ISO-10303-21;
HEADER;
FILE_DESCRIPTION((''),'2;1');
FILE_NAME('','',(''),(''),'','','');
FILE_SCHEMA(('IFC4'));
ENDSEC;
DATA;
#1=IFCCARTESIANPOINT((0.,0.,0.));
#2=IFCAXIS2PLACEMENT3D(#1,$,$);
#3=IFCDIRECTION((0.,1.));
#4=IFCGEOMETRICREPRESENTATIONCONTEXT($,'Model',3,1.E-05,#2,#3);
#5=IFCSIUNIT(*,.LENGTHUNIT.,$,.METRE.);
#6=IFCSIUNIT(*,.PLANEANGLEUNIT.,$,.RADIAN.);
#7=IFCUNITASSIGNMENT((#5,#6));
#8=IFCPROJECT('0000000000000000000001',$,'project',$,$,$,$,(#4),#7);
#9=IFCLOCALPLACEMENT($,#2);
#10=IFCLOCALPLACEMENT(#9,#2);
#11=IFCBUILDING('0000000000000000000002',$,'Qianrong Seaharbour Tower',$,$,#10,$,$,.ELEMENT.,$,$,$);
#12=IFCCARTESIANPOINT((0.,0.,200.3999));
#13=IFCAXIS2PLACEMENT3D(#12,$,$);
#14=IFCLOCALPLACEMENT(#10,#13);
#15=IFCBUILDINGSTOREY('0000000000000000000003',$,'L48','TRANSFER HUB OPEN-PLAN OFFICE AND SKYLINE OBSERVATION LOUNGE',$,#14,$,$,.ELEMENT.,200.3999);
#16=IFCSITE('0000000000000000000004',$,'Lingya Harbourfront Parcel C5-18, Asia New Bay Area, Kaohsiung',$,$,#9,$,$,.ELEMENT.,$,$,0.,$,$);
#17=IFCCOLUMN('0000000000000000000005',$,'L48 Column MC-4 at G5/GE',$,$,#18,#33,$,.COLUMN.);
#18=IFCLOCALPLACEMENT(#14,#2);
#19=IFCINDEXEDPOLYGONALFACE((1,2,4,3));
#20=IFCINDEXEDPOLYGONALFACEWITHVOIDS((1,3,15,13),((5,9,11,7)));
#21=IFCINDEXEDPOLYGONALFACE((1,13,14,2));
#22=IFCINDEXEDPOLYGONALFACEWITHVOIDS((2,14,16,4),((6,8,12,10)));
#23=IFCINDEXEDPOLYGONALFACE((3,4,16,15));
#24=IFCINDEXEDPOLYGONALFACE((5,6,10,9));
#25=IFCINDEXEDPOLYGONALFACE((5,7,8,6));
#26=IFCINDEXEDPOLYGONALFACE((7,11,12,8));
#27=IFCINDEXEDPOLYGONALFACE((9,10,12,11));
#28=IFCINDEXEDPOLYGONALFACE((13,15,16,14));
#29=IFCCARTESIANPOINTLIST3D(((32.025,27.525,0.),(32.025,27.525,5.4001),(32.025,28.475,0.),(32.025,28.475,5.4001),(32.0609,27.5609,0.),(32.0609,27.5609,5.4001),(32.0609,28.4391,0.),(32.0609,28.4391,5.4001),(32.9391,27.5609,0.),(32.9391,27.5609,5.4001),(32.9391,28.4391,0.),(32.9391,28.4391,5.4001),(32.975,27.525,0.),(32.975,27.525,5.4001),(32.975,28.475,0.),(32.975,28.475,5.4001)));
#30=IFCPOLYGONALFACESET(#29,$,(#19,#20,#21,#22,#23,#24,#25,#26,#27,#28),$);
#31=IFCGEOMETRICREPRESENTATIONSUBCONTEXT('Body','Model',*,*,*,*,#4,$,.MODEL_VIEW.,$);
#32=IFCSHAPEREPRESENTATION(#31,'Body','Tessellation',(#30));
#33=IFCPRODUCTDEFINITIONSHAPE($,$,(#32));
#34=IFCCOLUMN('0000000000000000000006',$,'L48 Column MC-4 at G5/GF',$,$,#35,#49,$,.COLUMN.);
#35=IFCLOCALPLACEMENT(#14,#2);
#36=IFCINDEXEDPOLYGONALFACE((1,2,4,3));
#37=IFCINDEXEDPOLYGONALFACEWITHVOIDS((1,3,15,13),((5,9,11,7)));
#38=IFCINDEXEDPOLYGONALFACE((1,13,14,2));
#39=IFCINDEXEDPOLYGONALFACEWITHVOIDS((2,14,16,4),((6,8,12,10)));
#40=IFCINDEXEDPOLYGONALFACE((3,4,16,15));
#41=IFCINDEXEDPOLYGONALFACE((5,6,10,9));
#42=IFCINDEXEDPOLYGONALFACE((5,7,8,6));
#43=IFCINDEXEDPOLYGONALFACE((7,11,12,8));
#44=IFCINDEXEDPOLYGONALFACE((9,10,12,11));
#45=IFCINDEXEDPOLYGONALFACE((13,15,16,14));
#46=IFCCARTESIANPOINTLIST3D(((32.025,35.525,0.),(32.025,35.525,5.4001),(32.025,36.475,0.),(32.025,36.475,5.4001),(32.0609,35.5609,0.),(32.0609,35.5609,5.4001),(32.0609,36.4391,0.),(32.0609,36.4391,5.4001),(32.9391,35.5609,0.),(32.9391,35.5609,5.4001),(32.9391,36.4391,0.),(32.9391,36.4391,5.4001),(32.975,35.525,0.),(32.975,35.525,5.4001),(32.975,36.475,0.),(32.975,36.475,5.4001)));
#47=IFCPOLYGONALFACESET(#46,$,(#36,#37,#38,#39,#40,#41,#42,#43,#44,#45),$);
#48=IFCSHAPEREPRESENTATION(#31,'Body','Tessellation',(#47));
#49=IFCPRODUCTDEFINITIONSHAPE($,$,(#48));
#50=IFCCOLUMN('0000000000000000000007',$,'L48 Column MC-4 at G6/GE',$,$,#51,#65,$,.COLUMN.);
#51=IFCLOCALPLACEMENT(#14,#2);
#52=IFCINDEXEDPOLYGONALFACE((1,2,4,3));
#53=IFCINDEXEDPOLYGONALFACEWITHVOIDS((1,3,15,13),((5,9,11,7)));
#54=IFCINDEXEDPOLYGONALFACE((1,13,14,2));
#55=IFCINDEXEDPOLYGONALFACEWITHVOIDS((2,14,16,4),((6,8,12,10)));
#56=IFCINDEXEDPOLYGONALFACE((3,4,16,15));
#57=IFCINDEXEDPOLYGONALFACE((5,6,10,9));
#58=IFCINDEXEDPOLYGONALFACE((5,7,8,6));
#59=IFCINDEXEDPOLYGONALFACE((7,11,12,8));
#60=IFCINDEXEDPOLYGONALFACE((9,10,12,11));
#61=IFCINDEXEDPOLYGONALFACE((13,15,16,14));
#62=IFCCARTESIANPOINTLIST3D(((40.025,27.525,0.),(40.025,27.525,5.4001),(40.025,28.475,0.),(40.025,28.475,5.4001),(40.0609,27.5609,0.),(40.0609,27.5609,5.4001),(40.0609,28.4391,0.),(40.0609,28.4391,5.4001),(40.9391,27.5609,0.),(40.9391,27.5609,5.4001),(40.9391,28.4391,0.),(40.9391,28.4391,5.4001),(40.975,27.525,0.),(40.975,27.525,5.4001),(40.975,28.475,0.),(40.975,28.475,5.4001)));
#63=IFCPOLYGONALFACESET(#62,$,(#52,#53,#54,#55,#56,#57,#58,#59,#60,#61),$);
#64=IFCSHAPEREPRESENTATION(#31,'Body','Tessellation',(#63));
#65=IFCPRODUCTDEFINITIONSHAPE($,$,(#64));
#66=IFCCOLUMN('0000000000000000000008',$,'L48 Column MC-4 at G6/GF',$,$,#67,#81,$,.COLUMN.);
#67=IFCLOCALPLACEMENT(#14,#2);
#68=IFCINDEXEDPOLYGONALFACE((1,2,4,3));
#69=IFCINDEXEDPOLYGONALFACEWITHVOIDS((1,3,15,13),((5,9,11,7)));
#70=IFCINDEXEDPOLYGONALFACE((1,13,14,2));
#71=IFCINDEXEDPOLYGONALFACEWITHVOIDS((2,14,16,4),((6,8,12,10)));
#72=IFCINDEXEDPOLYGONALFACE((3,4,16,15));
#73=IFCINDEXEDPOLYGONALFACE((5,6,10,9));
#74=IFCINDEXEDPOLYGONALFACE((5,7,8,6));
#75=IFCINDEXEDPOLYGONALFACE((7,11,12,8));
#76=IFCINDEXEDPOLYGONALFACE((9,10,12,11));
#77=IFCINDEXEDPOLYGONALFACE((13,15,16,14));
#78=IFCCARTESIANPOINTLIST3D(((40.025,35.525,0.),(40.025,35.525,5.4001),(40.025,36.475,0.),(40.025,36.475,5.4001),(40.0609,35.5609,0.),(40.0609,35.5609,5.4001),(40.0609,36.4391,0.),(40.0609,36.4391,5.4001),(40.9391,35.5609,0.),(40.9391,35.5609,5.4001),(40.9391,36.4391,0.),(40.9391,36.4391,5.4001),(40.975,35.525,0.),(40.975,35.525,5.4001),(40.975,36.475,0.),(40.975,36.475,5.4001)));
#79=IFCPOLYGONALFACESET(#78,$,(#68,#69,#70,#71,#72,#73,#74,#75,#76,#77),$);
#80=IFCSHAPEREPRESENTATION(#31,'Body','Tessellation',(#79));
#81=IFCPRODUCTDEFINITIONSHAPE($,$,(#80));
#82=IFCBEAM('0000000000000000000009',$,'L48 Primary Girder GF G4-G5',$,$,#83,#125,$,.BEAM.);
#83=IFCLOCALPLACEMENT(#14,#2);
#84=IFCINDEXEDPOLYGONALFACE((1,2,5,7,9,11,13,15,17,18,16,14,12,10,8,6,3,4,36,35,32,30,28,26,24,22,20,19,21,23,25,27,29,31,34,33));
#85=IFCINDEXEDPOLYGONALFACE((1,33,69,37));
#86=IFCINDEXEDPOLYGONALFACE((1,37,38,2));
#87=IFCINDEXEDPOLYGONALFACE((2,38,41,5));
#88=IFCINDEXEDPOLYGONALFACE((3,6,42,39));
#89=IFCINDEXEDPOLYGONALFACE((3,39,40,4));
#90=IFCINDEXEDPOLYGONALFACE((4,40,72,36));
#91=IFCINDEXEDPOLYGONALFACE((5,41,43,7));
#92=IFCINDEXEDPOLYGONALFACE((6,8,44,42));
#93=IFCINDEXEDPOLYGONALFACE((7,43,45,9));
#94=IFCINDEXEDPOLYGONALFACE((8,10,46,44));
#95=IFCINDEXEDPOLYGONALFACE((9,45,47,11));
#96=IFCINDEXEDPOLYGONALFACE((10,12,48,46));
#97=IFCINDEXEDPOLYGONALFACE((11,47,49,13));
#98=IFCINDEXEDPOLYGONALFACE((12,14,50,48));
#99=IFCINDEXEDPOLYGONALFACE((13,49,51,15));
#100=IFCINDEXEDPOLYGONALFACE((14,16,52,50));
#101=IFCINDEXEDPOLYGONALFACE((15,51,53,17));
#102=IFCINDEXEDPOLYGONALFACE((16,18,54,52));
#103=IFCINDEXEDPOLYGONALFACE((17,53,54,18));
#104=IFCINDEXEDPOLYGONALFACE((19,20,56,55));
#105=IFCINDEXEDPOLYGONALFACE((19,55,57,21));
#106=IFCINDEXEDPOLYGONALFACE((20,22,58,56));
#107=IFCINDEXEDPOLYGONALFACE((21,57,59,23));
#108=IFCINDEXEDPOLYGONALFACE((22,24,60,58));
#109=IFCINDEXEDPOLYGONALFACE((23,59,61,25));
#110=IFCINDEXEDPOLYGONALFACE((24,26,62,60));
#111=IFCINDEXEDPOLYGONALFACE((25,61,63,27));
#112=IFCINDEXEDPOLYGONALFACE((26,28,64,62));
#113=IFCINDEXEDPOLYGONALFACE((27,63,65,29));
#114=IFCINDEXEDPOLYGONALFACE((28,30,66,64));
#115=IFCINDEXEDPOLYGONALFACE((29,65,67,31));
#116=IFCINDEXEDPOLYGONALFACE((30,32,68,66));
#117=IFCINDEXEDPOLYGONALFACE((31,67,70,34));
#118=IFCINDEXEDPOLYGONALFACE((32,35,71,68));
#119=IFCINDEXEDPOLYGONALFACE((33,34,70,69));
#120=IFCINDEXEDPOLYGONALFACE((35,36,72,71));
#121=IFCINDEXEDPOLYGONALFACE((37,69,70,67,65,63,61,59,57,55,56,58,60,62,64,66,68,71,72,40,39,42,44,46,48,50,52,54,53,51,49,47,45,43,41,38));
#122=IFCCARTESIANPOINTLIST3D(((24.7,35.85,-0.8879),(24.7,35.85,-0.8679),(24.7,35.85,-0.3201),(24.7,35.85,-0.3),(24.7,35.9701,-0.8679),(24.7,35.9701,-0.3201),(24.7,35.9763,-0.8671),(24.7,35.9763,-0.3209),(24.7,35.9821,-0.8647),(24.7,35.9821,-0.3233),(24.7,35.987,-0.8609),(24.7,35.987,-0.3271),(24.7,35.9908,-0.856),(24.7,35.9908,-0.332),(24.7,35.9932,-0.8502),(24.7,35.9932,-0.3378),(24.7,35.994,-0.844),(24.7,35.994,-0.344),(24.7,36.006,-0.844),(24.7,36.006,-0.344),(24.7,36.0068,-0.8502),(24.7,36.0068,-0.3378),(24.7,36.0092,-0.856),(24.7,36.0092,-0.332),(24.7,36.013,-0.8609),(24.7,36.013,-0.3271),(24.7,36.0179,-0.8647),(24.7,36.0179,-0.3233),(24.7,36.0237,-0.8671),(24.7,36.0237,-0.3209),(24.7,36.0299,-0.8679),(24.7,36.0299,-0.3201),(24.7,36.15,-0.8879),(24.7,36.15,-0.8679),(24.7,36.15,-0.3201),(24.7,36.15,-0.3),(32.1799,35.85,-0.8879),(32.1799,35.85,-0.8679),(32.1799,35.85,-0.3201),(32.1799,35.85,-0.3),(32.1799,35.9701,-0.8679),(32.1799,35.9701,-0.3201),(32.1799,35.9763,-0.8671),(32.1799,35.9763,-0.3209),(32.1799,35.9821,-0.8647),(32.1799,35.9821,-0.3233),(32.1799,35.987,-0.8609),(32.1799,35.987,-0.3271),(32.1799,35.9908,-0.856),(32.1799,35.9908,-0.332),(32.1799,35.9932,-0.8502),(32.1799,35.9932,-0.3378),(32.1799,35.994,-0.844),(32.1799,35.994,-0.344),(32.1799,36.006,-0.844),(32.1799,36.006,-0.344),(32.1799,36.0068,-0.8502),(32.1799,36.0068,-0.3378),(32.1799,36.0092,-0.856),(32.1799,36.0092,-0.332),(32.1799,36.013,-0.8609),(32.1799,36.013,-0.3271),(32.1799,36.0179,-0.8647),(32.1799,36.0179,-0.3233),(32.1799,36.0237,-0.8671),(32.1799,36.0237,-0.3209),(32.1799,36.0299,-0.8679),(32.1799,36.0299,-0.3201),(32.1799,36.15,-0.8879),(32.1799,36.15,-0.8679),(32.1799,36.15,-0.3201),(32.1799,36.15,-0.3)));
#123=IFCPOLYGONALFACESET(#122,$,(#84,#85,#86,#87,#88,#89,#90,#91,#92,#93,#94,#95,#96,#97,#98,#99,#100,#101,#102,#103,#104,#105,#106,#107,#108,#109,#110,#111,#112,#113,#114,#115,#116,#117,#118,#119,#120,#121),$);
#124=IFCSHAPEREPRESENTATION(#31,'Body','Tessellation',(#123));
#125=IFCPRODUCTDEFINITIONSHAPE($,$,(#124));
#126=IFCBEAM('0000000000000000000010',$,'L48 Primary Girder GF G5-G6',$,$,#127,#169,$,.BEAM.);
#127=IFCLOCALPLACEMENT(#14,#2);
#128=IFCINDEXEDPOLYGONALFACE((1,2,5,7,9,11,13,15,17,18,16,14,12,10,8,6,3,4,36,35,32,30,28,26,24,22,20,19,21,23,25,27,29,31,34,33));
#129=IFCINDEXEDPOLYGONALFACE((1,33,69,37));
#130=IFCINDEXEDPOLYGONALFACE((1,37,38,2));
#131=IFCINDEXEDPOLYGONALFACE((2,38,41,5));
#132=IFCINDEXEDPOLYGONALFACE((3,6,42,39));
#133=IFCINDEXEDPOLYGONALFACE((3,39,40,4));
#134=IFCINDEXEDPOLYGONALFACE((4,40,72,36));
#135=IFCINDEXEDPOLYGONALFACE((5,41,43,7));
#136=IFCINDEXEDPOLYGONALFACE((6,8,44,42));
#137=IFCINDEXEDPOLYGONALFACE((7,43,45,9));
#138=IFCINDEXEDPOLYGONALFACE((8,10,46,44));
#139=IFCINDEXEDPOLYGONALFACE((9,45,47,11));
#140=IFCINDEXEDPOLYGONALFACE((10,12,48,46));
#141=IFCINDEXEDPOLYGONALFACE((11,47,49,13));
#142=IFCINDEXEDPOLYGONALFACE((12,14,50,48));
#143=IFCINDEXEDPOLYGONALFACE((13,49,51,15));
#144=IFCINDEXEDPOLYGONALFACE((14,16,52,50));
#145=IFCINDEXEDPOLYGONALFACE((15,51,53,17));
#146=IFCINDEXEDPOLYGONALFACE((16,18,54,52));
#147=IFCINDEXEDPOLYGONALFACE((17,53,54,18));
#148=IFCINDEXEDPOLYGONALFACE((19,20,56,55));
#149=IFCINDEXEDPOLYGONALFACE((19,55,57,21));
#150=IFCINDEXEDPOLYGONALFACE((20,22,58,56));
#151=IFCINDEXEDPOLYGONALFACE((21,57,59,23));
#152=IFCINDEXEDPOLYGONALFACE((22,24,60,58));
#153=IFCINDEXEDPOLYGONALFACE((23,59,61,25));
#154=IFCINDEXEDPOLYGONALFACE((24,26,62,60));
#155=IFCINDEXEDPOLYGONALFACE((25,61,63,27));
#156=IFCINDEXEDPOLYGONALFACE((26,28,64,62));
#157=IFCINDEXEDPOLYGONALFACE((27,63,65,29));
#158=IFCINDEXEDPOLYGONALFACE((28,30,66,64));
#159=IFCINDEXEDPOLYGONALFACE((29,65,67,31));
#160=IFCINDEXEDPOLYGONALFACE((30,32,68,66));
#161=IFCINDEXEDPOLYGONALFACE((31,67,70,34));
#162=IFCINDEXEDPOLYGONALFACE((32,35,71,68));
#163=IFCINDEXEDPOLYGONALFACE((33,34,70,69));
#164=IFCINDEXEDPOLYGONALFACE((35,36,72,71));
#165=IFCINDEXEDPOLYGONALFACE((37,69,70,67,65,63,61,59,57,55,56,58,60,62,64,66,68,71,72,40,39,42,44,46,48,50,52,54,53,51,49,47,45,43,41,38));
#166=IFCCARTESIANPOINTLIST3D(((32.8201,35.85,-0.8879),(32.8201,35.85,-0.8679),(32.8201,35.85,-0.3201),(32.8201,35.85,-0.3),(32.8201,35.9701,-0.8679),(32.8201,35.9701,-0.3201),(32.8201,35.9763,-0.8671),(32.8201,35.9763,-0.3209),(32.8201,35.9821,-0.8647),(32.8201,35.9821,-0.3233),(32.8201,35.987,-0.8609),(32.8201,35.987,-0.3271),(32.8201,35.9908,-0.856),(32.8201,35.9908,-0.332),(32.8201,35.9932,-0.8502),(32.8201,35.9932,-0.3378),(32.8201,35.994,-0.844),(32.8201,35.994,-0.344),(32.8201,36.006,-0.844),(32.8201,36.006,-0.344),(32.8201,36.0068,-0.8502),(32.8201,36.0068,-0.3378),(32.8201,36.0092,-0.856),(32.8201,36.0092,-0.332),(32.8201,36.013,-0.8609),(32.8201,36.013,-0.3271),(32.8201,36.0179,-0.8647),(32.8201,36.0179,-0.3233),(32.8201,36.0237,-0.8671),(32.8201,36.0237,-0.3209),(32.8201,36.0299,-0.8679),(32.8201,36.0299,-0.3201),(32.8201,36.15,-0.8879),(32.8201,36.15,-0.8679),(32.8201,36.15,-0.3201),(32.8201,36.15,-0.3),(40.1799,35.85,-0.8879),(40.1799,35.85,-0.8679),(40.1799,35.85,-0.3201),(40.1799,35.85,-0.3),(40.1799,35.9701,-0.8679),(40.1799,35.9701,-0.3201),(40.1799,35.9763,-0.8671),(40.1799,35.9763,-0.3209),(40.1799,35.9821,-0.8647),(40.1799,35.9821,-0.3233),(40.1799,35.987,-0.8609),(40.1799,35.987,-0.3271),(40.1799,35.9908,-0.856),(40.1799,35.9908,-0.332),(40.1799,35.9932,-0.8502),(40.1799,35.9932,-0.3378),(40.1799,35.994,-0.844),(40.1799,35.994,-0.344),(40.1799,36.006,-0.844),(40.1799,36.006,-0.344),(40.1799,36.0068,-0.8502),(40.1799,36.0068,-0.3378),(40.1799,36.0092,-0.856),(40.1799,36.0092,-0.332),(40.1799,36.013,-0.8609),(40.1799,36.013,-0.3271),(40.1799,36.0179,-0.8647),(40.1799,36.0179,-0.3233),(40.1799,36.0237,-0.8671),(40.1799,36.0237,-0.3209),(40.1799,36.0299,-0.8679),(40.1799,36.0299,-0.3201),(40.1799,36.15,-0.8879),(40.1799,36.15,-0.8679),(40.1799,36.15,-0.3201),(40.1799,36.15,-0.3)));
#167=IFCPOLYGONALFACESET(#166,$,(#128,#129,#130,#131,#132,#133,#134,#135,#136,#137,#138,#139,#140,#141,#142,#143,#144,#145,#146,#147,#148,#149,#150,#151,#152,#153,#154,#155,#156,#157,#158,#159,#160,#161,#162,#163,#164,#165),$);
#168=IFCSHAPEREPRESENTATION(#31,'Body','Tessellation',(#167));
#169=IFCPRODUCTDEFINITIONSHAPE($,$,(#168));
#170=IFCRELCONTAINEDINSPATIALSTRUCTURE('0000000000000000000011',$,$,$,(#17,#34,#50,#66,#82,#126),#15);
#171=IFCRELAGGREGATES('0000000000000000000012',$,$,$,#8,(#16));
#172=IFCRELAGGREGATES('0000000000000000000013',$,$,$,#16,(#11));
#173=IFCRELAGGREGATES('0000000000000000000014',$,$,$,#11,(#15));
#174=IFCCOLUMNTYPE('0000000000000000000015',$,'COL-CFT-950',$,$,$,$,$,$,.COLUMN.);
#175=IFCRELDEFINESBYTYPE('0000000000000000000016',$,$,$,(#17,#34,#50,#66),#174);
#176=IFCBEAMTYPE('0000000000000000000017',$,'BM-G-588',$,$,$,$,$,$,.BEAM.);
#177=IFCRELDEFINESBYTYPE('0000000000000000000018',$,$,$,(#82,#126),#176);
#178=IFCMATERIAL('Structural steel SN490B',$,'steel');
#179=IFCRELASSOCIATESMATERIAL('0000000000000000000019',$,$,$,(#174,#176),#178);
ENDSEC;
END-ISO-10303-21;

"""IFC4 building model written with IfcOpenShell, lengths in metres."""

from ifc_helpers import new_model, si_unit, direction, frame, origin, origin_2d, place, context, subcontext, project, spatial, hollow_rectangle, i_section, extrude, material, material_profile, profile_set, type_object, element, save


model = new_model("IFC4")

# Units and contexts
model_context = context("Model", 3, precision=1e-05, world=origin(), true_north=direction((0.0, 1.0)))
body_context = subcontext(model_context, "Body", "Model", "MODEL_VIEW")
ifc_project = project(units=[si_unit("LENGTHUNIT", "METRE"), si_unit("PLANEANGLEUNIT", "RADIAN")], contexts=[model_context])

# Site, building, storey
site_placement = place(None, origin())
site = spatial("IfcSite", under=ifc_project, at=site_placement, Name="Lingya Harbourfront Parcel C5-18, Asia New Bay Area, Kaohsiung", CompositionType="ELEMENT", RefElevation=0.0)
building_placement = place(site_placement, origin())
building = spatial("IfcBuilding", under=site, at=building_placement, Name="Qianrong Seaharbour Tower", CompositionType="ELEMENT")
storey_placement = place(building_placement, frame((0.0, 0.0, 200.3999)))
storey = spatial("IfcBuildingStorey", under=building, at=storey_placement, Name="L48", Description="TRANSFER HUB OPEN-PLAN OFFICE AND SKYLINE OBSERVATION LOUNGE", CompositionType="ELEMENT", Elevation=200.3999)

# Columns
ifc_material_1 = material(Name="Structural steel SN490B", Category="steel")
ifc_material_profile_1 = material_profile(ifc_material_1, hollow_rectangle(XDim=0.95, YDim=0.95, WallThickness=0.0359, at=origin_2d()), Name="BOX950x950x36")
ifc_profile_set_1 = profile_set([ifc_material_profile_1], Name="Structural steel SN490B")
column_type = type_object("IfcColumnType", Name="COL-CFT-950", PredefinedType="COLUMN", material=ifc_profile_set_1)
for number, where, z_axis, x_axis, name in (
    (1, (32.5, 28.0, 0.0), (0.0, 0.0, 1.0), (1.0, 0.0, 0.0), "L48 Column MC-4 at G5/GE"),
    (2, (32.5, 36.0, 0.0), (0.0, 0.0, 1.0), (1.0, 0.0, 0.0), "L48 Column MC-4 at G5/GF"),
    (3, (40.5, 28.0, 0.0), (0.0, 0.0, 1.0), (1.0, 0.0, 0.0), "L48 Column MC-4 at G6/GE"),
    (4, (40.5, 36.0, 0.0), (0.0, 0.0, 1.0), (1.0, 0.0, 0.0), "L48 Column MC-4 at G6/GF"),
):
    element("IfcColumn", number, at=place(storey_placement, frame(where, z_axis=z_axis, x_axis=x_axis)), inside=storey, type_object=column_type, Name=name, PredefinedType="COLUMN", context=body_context, shape_type="SweptSolid", body=[
        extrude(hollow_rectangle(XDim=0.95, YDim=0.95, WallThickness=0.0359, at=origin_2d()), origin(), (0.0, 0.0, 1.0), 5.4001),
    ])

# Beams
ifc_material_profile_2 = material_profile(ifc_material_1, i_section(OverallWidth=0.3, OverallDepth=0.5879, WebThickness=0.012, FlangeThickness=0.02, FilletRadius=0.0239, at=origin_2d()), Name="H588x300x12x20")
ifc_profile_set_2 = profile_set([ifc_material_profile_2], Name="Structural steel SN490B")
beam_type_1 = type_object("IfcBeamType", Name="BM-G-588", PredefinedType="BEAM", material=ifc_profile_set_2)
beam_1_placement = place(storey_placement, frame((24.7, 36.0, -0.594), z_axis=(1.0, 0.0, 0.0), x_axis=(0.0, 1.0, 0.0)))
element("IfcBeam", 5, at=beam_1_placement, inside=storey, type_object=beam_type_1, Name="L48 Primary Girder GF G4-G5", PredefinedType="BEAM", context=body_context, shape_type="SweptSolid", body=[
    extrude(i_section(OverallWidth=0.3, OverallDepth=0.5879, WebThickness=0.012, FlangeThickness=0.02, FilletRadius=0.0239, at=origin_2d()), origin(), (0.0, 0.0, 1.0), 7.48),
])
for number, where, z_axis, x_axis, name in (
    (6, (32.8201, 36.0, -0.594), (1.0, 0.0, 0.0), (0.0, 1.0, 0.0), "L48 Primary Girder GF G5-G6"),
):
    element("IfcBeam", number, at=place(storey_placement, frame(where, z_axis=z_axis, x_axis=x_axis)), inside=storey, type_object=beam_type_1, Name=name, PredefinedType="BEAM", context=body_context, shape_type="SweptSolid", body=[
        extrude(i_section(OverallWidth=0.3, OverallDepth=0.5879, WebThickness=0.012, FlangeThickness=0.02, FilletRadius=0.0239, at=origin_2d()), origin(), (0.0, 0.0, 1.0), 7.3599),
    ])

save(model, "model.ifc")
